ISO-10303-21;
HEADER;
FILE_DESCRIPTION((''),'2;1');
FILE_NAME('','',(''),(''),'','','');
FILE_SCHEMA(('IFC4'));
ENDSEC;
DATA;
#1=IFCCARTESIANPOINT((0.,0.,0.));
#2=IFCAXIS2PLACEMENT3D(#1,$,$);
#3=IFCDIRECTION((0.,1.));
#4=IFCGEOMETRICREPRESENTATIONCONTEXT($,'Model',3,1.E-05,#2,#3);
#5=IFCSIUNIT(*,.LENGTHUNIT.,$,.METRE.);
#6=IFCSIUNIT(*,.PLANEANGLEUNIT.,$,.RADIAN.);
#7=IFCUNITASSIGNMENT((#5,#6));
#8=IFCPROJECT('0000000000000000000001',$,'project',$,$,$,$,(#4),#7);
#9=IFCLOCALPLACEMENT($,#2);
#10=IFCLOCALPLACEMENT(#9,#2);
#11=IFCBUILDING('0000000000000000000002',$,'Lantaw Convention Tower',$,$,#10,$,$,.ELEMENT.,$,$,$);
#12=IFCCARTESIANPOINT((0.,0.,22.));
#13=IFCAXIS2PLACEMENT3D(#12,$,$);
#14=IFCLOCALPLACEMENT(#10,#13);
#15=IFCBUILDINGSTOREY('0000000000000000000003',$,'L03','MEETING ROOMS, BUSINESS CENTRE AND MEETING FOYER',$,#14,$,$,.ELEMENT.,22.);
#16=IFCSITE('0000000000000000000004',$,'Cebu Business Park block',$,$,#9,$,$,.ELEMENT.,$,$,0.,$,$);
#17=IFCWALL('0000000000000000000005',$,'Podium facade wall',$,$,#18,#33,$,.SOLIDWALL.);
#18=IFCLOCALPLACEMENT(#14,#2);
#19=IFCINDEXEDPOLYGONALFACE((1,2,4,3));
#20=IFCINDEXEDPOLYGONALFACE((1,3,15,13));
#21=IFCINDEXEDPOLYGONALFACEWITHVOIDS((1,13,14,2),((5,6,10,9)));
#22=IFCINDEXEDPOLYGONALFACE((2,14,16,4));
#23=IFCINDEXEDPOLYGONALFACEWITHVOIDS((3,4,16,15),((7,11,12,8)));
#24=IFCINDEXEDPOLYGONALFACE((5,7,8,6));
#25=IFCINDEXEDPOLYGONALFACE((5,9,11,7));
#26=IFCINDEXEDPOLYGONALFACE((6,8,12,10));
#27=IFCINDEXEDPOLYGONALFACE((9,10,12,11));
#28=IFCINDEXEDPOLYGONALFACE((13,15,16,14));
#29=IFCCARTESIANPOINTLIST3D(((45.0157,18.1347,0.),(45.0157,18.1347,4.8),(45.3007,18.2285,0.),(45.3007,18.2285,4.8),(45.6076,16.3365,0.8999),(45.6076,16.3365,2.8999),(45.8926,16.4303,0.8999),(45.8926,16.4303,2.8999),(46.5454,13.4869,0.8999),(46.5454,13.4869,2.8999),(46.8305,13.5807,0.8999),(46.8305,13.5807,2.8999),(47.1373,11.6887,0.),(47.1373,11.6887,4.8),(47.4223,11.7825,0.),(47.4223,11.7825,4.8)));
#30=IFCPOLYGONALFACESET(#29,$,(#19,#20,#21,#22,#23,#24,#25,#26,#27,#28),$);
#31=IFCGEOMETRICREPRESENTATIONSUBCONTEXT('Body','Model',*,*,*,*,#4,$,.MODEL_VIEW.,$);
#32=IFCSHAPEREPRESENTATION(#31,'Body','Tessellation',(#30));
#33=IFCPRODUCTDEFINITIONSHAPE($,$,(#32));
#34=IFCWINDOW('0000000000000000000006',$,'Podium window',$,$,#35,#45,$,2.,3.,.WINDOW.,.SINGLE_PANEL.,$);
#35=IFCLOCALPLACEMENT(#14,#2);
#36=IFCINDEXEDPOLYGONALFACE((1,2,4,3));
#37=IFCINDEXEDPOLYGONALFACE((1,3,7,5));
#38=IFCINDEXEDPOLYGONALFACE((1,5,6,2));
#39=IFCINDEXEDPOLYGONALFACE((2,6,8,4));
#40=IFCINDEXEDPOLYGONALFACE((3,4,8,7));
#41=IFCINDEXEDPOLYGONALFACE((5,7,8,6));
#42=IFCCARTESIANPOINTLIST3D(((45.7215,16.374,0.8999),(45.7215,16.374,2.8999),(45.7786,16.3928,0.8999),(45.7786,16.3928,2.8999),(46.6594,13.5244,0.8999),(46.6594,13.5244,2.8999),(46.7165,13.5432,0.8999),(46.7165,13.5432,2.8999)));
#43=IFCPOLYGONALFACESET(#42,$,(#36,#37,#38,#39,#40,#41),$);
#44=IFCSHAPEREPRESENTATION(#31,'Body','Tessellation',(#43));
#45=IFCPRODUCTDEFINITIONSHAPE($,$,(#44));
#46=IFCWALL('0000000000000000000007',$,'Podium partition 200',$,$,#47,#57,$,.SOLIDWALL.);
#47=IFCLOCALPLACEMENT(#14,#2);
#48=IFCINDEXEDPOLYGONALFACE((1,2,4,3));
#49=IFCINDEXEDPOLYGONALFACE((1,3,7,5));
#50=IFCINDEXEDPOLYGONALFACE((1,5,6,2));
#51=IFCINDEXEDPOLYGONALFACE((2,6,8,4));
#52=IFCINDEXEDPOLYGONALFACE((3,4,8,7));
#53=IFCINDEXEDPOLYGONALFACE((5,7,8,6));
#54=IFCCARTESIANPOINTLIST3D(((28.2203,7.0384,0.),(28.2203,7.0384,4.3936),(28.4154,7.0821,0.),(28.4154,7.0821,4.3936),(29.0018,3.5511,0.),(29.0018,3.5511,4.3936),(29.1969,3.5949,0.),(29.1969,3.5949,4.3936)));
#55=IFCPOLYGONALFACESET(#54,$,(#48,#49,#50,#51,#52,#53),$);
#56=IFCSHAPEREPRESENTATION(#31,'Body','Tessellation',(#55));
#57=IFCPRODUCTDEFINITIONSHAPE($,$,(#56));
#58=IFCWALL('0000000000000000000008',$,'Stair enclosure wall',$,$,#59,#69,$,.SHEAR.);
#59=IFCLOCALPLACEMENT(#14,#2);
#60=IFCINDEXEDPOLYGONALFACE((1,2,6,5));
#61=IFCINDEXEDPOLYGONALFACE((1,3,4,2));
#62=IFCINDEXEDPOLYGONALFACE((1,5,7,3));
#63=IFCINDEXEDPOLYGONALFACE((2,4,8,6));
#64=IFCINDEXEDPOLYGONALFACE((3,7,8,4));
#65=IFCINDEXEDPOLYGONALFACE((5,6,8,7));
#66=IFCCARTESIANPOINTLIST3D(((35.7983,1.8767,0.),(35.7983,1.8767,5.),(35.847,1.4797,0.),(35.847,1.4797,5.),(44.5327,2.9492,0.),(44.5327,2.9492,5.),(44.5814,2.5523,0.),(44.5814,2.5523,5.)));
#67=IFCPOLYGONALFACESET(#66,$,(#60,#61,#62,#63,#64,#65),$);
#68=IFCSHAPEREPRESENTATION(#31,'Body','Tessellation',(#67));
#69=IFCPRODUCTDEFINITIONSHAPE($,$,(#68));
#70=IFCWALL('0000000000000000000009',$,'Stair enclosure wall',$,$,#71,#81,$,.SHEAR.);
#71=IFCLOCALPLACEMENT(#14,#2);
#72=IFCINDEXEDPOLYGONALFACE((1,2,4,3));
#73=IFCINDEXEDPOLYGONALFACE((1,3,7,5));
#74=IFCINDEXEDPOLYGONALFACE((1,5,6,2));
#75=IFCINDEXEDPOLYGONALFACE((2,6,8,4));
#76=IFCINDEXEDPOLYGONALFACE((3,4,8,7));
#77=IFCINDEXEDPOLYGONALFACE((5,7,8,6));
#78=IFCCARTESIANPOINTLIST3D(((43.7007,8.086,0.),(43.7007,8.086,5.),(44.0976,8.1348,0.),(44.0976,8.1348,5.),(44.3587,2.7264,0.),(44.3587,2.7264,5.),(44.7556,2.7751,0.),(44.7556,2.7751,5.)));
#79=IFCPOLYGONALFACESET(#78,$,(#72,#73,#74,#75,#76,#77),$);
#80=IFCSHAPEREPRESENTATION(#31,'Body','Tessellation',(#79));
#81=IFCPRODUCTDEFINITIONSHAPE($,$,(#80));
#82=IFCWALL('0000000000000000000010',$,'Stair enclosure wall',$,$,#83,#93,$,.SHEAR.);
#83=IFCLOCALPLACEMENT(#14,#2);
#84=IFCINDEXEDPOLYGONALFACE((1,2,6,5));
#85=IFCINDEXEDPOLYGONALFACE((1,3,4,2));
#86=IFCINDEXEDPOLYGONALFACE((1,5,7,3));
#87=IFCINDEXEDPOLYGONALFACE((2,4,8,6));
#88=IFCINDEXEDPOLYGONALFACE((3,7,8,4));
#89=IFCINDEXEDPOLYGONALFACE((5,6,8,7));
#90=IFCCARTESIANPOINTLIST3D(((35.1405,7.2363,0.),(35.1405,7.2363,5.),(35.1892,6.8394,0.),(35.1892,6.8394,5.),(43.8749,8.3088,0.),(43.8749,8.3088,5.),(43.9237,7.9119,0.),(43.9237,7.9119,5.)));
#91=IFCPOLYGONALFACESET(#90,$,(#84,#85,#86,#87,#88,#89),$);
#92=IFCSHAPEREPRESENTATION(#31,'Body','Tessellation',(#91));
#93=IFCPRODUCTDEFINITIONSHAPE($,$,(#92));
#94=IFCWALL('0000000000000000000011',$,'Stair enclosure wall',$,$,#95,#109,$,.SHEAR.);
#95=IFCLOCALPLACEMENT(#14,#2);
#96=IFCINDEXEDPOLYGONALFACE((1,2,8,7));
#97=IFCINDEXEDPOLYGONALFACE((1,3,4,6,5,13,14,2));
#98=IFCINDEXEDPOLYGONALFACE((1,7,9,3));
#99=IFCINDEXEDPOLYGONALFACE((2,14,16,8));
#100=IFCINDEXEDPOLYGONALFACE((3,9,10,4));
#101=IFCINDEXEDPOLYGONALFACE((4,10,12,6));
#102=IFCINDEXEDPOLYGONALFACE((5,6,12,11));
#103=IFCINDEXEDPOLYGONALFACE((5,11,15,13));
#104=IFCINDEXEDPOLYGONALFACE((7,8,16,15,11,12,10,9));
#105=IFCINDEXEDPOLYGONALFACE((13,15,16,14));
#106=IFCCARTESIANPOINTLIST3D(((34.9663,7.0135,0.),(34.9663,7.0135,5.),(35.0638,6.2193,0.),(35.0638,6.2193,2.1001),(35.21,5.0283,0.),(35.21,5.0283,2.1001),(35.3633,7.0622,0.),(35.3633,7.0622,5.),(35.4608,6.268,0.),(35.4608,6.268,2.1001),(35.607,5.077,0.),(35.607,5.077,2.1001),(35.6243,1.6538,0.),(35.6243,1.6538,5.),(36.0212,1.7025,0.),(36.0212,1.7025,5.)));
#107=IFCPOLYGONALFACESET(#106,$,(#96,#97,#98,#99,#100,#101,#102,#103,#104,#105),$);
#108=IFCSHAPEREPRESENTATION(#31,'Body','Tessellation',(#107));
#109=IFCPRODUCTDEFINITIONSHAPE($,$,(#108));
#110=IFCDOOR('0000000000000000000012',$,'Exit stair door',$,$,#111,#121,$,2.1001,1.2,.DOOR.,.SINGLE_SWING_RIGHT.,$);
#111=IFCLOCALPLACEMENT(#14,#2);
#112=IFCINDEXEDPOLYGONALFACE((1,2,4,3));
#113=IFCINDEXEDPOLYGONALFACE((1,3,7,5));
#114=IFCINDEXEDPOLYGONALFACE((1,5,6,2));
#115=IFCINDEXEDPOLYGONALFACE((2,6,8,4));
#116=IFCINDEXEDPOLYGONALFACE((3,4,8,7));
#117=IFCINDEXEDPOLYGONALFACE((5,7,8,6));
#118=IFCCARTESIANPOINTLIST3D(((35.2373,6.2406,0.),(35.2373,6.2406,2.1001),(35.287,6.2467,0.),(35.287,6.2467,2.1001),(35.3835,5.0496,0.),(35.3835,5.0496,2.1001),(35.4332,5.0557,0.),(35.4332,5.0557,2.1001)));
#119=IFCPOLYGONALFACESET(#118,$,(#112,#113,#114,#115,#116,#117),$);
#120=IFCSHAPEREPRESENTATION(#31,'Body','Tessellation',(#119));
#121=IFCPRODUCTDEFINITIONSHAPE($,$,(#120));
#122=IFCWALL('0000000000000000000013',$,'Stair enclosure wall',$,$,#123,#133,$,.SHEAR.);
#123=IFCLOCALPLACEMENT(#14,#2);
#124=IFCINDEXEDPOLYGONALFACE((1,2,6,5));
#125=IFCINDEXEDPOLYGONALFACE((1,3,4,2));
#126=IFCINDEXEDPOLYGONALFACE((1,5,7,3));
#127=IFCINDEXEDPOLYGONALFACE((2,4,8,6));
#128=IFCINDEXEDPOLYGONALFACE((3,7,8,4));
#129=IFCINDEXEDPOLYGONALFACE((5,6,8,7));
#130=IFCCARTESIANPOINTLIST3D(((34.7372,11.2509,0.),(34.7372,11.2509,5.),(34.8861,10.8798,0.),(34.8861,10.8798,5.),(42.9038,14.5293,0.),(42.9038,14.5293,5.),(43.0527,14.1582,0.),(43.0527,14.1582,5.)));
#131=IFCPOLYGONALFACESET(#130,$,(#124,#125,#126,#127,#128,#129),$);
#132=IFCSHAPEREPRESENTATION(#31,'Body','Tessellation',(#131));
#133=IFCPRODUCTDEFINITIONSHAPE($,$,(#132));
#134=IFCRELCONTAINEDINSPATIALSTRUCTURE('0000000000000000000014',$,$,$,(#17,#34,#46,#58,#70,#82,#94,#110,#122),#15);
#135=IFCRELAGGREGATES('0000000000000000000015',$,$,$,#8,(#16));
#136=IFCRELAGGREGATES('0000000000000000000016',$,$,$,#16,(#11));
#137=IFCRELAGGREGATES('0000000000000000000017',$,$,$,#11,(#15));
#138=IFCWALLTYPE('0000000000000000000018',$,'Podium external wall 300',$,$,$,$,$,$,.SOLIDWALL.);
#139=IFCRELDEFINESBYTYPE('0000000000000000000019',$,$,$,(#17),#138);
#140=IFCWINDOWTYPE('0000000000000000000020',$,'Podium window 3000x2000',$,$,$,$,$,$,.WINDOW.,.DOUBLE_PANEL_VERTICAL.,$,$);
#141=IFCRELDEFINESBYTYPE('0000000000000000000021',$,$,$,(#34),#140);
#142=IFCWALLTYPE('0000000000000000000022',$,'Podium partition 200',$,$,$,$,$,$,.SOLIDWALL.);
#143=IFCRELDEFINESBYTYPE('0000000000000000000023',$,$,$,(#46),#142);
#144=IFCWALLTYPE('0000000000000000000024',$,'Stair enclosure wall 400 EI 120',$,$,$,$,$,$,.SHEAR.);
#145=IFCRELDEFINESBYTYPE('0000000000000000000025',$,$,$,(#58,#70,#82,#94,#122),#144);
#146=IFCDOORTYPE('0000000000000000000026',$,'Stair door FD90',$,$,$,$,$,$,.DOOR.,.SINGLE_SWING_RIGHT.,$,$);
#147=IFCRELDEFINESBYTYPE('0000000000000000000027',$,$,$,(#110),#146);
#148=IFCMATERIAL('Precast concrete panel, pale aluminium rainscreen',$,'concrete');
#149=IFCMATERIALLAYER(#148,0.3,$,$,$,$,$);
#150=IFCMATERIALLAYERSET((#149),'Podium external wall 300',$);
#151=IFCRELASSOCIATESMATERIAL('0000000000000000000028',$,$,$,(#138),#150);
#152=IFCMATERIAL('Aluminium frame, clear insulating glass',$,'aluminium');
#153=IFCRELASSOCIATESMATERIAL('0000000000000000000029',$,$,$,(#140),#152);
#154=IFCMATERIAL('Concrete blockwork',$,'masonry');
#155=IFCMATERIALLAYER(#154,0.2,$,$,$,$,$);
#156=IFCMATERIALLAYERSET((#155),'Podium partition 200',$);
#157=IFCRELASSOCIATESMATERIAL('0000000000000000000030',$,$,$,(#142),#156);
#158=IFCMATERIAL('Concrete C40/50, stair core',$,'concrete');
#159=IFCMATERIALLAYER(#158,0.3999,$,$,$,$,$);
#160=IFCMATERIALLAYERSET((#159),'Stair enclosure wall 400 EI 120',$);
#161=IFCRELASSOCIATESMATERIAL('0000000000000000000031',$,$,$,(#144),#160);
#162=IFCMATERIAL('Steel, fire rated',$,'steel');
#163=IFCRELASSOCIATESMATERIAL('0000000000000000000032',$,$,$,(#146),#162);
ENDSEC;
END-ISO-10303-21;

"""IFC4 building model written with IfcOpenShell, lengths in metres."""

from ifc_helpers import new_model, si_unit, direction, frame, frame_2d, origin, place, context, subcontext, project, spatial, rectangle, extrude, material, layer, layer_set, type_object, element, fill, save


model = new_model("IFC4")

# Units and contexts
model_context = context("Model", 3, precision=1e-05, world=origin(), true_north=direction((0.0, 1.0)))
body_context = subcontext(model_context, "Body", "Model", "MODEL_VIEW")
ifc_project = project(units=[si_unit("LENGTHUNIT", "METRE"), si_unit("PLANEANGLEUNIT", "RADIAN")], contexts=[model_context])

# Site, building, storey
site_placement = place(None, origin())
site = spatial("IfcSite", under=ifc_project, at=site_placement, Name="Cebu Business Park block", CompositionType="ELEMENT", RefElevation=0.0)
building_placement = place(site_placement, origin())
building = spatial("IfcBuilding", under=site, at=building_placement, Name="Lantaw Convention Tower", CompositionType="ELEMENT")
storey_placement = place(building_placement, frame((0.0, 0.0, 22.0)))
storey = spatial("IfcBuildingStorey", under=building, at=storey_placement, Name="L03", Description="MEETING ROOMS, BUSINESS CENTRE AND MEETING FOYER", CompositionType="ELEMENT", Elevation=22.0)

# Wall, opening, window
ifc_material_1 = material(Name="Precast concrete panel, pale aluminium rainscreen", Category="concrete")
ifc_layer_1 = layer(ifc_material_1, 0.3)
ifc_layer_set_1 = layer_set([ifc_layer_1], Name="Podium external wall 300")
wall_type_1 = type_object("IfcWallType", Name="Podium external wall 300", PredefinedType="SOLIDWALL", material=ifc_layer_set_1)
ifc_material_2 = material(Name="Aluminium frame, clear insulating glass", Category="aluminium")
window_type = type_object("IfcWindowType", Name="Podium window 3000x2000", PartitioningType="DOUBLE_PANEL_VERTICAL", PredefinedType="WINDOW", material=ifc_material_2)
wall_1_placement = place(storey_placement, frame((47.2798, 11.7356, 0.0), z_axis=(0.0, 0.0, 1.0), x_axis=(-0.312631, 0.949874, 0.0)))
wall_1 = element("IfcWall", 1, at=wall_1_placement, inside=storey, type_object=wall_type_1, Name="Podium facade wall", PredefinedType="SOLIDWALL", context=body_context, shape_type="SweptSolid", body=[
    extrude(rectangle(XDim=6.7861, YDim=0.3, at=frame_2d((3.3931, 0.0))), origin(), (0.0, 0.0, 1.0), 4.8),
])
opening_1_placement = place(wall_1_placement, frame((1.8931, 0.0, 0.8999)))
opening_1 = element("IfcOpeningElement", 2, at=opening_1_placement, cuts=wall_1, PredefinedType="OPENING", context=body_context, shape_type="SweptSolid", body=[
    extrude(rectangle(XDim=3.0, YDim=2.0, at=frame_2d((1.5, 1.0))), frame((0.0, 0.1599, 0.0), z_axis=(0.0, -1.0, 0.0), x_axis=(1.0, 0.0, 0.0)), (0.0, 0.0, 1.0), 0.3201),
])
window_1_placement = place(opening_1_placement, origin())
window_1 = element("IfcWindow", 3, at=window_1_placement, inside=storey, type_object=window_type, Name="Podium window", OverallHeight=2.0, OverallWidth=3.0, PartitioningType="SINGLE_PANEL", PredefinedType="WINDOW", context=body_context, shape_type="SweptSolid", body=[
    extrude(rectangle(XDim=3.0, YDim=2.0, at=frame_2d((1.5, 1.0))), frame((0.0, 0.03, 0.0), z_axis=(0.0, -1.0, 0.0), x_axis=(1.0, 0.0, 0.0)), (0.0, 0.0, 1.0), 0.0601),
])
fill(opening_1, window_1)

# Shared definitions
ifc_material_3 = material(Name="Concrete blockwork", Category="masonry")
ifc_layer_2 = layer(ifc_material_3, 0.2)
ifc_layer_set_2 = layer_set([ifc_layer_2], Name="Podium partition 200")
wall_type_2 = type_object("IfcWallType", Name="Podium partition 200", PredefinedType="SOLIDWALL", material=ifc_layer_set_2)

# Walls
wall_2_placement = place(storey_placement, frame((29.0994, 3.573, 0.0), z_axis=(0.0, 0.0, 1.0), x_axis=(-0.218673, 0.975798, 0.0)))
element("IfcWall", 4, at=wall_2_placement, inside=storey, type_object=wall_type_2, Name="Podium partition 200", PredefinedType="SOLIDWALL", context=body_context, shape_type="SweptSolid", body=[
    extrude(rectangle(XDim=3.5737, YDim=0.2, at=frame_2d((1.7869, 0.0))), origin(), (0.0, 0.0, 1.0), 4.3936),
])
ifc_material_4 = material(Name="Concrete C40/50, stair core", Category="concrete")
ifc_layer_3 = layer(ifc_material_4, 0.3999)
ifc_layer_set_3 = layer_set([ifc_layer_3], Name="Stair enclosure wall 400 EI 120")
wall_type_3 = type_object("IfcWallType", Name="Stair enclosure wall 400 EI 120", PredefinedType="SHEAR", material=ifc_layer_set_3)
wall_3_placement = place(storey_placement, frame((35.8228, 1.6782, 0.0), z_axis=(0.0, 0.0, 1.0), x_axis=(0.992545, 0.121876, 0.0)))
element("IfcWall", 5, at=wall_3_placement, inside=storey, type_object=wall_type_3, Name="Stair enclosure wall", PredefinedType="SHEAR", context=body_context, shape_type="SweptSolid", body=[
    extrude(rectangle(XDim=8.8, YDim=0.3999, at=frame_2d((4.3999, 0.0))), origin(), (0.0, 0.0, 1.0), 5.0),
])
wall_4_placement = place(storey_placement, frame((44.5571, 2.7507, 0.0), z_axis=(0.0, 0.0, 1.0), x_axis=(-0.121848, 0.992549, 0.0)))
element("IfcWall", 6, at=wall_4_placement, inside=storey, type_object=wall_type_3, Name="Stair enclosure wall", PredefinedType="SHEAR", context=body_context, shape_type="SweptSolid", body=[
    extrude(rectangle(XDim=5.3999, YDim=0.3999, at=frame_2d((2.7, 0.0))), origin(), (0.0, 0.0, 1.0), 5.0),
])
wall_5_placement = place(storey_placement, frame((43.8992, 8.1104, 0.0), z_axis=(0.0, 0.0, 1.0), x_axis=(-0.992545, -0.121876, 0.0)))
element("IfcWall", 7, at=wall_5_placement, inside=storey, type_object=wall_type_3, Name="Stair enclosure wall", PredefinedType="SHEAR", context=body_context, shape_type="SweptSolid", body=[
    extrude(rectangle(XDim=8.8, YDim=0.3999, at=frame_2d((4.3999, 0.0))), origin(), (0.0, 0.0, 1.0), 5.0),
])

# Wall, opening, door
wall_6_placement = place(storey_placement, frame((35.1648, 7.0378, 0.0), z_axis=(0.0, 0.0, 1.0), x_axis=(0.121848, -0.992549, 0.0)))
wall_6 = element("IfcWall", 8, at=wall_6_placement, inside=storey, type_object=wall_type_3, Name="Stair enclosure wall", PredefinedType="SHEAR", context=body_context, shape_type="SweptSolid", body=[
    extrude(rectangle(XDim=5.3999, YDim=0.3999, at=frame_2d((2.7, 0.0))), origin(), (0.0, 0.0, 1.0), 5.0),
])
opening_2_placement = place(wall_6_placement, frame((0.8, 0.0, 0.0)))
opening_2 = element("IfcOpeningElement", 9, at=opening_2_placement, cuts=wall_6, PredefinedType="OPENING", context=body_context, shape_type="SweptSolid", body=[
    extrude(rectangle(XDim=1.2, YDim=2.1001, at=frame_2d((0.6001, 1.05))), frame((0.0, 0.21, 0.0), z_axis=(0.0, -1.0, 0.0), x_axis=(1.0, 0.0, 0.0)), (0.0, 0.0, 1.0), 0.4199),
])
ifc_material_5 = material(Name="Steel, fire rated", Category="steel")
door_type_1 = type_object("IfcDoorType", Name="Stair door FD90", OperationType="SINGLE_SWING_RIGHT", PredefinedType="DOOR", material=ifc_material_5)
door_1_placement = place(opening_2_placement, origin())
door_1 = element("IfcDoor", 10, at=door_1_placement, inside=storey, type_object=door_type_1, Name="Exit stair door", OperationType="SINGLE_SWING_RIGHT", OverallHeight=2.1001, OverallWidth=1.2, PredefinedType="DOOR", context=body_context, shape_type="SweptSolid", body=[
    extrude(rectangle(XDim=1.2, YDim=2.1001, at=frame_2d((0.6001, 1.05))), frame((0.0, 0.0249, 0.0), z_axis=(0.0, -1.0, 0.0), x_axis=(1.0, 0.0, 0.0)), (0.0, 0.0, 1.0), 0.05),
])
fill(opening_2, door_1)

# Wall
wall_7_placement = place(storey_placement, frame((34.8118, 11.0654, 0.0), z_axis=(0.0, 0.0, 1.0), x_axis=(0.928017, 0.372538, 0.0)))
element("IfcWall", 11, at=wall_7_placement, inside=storey, type_object=wall_type_3, Name="Stair enclosure wall", PredefinedType="SHEAR", context=body_context, shape_type="SweptSolid", body=[
    extrude(rectangle(XDim=8.8, YDim=0.3999, at=frame_2d((4.3999, 0.0))), origin(), (0.0, 0.0, 1.0), 5.0),
])

save(model, "model.ifc")
